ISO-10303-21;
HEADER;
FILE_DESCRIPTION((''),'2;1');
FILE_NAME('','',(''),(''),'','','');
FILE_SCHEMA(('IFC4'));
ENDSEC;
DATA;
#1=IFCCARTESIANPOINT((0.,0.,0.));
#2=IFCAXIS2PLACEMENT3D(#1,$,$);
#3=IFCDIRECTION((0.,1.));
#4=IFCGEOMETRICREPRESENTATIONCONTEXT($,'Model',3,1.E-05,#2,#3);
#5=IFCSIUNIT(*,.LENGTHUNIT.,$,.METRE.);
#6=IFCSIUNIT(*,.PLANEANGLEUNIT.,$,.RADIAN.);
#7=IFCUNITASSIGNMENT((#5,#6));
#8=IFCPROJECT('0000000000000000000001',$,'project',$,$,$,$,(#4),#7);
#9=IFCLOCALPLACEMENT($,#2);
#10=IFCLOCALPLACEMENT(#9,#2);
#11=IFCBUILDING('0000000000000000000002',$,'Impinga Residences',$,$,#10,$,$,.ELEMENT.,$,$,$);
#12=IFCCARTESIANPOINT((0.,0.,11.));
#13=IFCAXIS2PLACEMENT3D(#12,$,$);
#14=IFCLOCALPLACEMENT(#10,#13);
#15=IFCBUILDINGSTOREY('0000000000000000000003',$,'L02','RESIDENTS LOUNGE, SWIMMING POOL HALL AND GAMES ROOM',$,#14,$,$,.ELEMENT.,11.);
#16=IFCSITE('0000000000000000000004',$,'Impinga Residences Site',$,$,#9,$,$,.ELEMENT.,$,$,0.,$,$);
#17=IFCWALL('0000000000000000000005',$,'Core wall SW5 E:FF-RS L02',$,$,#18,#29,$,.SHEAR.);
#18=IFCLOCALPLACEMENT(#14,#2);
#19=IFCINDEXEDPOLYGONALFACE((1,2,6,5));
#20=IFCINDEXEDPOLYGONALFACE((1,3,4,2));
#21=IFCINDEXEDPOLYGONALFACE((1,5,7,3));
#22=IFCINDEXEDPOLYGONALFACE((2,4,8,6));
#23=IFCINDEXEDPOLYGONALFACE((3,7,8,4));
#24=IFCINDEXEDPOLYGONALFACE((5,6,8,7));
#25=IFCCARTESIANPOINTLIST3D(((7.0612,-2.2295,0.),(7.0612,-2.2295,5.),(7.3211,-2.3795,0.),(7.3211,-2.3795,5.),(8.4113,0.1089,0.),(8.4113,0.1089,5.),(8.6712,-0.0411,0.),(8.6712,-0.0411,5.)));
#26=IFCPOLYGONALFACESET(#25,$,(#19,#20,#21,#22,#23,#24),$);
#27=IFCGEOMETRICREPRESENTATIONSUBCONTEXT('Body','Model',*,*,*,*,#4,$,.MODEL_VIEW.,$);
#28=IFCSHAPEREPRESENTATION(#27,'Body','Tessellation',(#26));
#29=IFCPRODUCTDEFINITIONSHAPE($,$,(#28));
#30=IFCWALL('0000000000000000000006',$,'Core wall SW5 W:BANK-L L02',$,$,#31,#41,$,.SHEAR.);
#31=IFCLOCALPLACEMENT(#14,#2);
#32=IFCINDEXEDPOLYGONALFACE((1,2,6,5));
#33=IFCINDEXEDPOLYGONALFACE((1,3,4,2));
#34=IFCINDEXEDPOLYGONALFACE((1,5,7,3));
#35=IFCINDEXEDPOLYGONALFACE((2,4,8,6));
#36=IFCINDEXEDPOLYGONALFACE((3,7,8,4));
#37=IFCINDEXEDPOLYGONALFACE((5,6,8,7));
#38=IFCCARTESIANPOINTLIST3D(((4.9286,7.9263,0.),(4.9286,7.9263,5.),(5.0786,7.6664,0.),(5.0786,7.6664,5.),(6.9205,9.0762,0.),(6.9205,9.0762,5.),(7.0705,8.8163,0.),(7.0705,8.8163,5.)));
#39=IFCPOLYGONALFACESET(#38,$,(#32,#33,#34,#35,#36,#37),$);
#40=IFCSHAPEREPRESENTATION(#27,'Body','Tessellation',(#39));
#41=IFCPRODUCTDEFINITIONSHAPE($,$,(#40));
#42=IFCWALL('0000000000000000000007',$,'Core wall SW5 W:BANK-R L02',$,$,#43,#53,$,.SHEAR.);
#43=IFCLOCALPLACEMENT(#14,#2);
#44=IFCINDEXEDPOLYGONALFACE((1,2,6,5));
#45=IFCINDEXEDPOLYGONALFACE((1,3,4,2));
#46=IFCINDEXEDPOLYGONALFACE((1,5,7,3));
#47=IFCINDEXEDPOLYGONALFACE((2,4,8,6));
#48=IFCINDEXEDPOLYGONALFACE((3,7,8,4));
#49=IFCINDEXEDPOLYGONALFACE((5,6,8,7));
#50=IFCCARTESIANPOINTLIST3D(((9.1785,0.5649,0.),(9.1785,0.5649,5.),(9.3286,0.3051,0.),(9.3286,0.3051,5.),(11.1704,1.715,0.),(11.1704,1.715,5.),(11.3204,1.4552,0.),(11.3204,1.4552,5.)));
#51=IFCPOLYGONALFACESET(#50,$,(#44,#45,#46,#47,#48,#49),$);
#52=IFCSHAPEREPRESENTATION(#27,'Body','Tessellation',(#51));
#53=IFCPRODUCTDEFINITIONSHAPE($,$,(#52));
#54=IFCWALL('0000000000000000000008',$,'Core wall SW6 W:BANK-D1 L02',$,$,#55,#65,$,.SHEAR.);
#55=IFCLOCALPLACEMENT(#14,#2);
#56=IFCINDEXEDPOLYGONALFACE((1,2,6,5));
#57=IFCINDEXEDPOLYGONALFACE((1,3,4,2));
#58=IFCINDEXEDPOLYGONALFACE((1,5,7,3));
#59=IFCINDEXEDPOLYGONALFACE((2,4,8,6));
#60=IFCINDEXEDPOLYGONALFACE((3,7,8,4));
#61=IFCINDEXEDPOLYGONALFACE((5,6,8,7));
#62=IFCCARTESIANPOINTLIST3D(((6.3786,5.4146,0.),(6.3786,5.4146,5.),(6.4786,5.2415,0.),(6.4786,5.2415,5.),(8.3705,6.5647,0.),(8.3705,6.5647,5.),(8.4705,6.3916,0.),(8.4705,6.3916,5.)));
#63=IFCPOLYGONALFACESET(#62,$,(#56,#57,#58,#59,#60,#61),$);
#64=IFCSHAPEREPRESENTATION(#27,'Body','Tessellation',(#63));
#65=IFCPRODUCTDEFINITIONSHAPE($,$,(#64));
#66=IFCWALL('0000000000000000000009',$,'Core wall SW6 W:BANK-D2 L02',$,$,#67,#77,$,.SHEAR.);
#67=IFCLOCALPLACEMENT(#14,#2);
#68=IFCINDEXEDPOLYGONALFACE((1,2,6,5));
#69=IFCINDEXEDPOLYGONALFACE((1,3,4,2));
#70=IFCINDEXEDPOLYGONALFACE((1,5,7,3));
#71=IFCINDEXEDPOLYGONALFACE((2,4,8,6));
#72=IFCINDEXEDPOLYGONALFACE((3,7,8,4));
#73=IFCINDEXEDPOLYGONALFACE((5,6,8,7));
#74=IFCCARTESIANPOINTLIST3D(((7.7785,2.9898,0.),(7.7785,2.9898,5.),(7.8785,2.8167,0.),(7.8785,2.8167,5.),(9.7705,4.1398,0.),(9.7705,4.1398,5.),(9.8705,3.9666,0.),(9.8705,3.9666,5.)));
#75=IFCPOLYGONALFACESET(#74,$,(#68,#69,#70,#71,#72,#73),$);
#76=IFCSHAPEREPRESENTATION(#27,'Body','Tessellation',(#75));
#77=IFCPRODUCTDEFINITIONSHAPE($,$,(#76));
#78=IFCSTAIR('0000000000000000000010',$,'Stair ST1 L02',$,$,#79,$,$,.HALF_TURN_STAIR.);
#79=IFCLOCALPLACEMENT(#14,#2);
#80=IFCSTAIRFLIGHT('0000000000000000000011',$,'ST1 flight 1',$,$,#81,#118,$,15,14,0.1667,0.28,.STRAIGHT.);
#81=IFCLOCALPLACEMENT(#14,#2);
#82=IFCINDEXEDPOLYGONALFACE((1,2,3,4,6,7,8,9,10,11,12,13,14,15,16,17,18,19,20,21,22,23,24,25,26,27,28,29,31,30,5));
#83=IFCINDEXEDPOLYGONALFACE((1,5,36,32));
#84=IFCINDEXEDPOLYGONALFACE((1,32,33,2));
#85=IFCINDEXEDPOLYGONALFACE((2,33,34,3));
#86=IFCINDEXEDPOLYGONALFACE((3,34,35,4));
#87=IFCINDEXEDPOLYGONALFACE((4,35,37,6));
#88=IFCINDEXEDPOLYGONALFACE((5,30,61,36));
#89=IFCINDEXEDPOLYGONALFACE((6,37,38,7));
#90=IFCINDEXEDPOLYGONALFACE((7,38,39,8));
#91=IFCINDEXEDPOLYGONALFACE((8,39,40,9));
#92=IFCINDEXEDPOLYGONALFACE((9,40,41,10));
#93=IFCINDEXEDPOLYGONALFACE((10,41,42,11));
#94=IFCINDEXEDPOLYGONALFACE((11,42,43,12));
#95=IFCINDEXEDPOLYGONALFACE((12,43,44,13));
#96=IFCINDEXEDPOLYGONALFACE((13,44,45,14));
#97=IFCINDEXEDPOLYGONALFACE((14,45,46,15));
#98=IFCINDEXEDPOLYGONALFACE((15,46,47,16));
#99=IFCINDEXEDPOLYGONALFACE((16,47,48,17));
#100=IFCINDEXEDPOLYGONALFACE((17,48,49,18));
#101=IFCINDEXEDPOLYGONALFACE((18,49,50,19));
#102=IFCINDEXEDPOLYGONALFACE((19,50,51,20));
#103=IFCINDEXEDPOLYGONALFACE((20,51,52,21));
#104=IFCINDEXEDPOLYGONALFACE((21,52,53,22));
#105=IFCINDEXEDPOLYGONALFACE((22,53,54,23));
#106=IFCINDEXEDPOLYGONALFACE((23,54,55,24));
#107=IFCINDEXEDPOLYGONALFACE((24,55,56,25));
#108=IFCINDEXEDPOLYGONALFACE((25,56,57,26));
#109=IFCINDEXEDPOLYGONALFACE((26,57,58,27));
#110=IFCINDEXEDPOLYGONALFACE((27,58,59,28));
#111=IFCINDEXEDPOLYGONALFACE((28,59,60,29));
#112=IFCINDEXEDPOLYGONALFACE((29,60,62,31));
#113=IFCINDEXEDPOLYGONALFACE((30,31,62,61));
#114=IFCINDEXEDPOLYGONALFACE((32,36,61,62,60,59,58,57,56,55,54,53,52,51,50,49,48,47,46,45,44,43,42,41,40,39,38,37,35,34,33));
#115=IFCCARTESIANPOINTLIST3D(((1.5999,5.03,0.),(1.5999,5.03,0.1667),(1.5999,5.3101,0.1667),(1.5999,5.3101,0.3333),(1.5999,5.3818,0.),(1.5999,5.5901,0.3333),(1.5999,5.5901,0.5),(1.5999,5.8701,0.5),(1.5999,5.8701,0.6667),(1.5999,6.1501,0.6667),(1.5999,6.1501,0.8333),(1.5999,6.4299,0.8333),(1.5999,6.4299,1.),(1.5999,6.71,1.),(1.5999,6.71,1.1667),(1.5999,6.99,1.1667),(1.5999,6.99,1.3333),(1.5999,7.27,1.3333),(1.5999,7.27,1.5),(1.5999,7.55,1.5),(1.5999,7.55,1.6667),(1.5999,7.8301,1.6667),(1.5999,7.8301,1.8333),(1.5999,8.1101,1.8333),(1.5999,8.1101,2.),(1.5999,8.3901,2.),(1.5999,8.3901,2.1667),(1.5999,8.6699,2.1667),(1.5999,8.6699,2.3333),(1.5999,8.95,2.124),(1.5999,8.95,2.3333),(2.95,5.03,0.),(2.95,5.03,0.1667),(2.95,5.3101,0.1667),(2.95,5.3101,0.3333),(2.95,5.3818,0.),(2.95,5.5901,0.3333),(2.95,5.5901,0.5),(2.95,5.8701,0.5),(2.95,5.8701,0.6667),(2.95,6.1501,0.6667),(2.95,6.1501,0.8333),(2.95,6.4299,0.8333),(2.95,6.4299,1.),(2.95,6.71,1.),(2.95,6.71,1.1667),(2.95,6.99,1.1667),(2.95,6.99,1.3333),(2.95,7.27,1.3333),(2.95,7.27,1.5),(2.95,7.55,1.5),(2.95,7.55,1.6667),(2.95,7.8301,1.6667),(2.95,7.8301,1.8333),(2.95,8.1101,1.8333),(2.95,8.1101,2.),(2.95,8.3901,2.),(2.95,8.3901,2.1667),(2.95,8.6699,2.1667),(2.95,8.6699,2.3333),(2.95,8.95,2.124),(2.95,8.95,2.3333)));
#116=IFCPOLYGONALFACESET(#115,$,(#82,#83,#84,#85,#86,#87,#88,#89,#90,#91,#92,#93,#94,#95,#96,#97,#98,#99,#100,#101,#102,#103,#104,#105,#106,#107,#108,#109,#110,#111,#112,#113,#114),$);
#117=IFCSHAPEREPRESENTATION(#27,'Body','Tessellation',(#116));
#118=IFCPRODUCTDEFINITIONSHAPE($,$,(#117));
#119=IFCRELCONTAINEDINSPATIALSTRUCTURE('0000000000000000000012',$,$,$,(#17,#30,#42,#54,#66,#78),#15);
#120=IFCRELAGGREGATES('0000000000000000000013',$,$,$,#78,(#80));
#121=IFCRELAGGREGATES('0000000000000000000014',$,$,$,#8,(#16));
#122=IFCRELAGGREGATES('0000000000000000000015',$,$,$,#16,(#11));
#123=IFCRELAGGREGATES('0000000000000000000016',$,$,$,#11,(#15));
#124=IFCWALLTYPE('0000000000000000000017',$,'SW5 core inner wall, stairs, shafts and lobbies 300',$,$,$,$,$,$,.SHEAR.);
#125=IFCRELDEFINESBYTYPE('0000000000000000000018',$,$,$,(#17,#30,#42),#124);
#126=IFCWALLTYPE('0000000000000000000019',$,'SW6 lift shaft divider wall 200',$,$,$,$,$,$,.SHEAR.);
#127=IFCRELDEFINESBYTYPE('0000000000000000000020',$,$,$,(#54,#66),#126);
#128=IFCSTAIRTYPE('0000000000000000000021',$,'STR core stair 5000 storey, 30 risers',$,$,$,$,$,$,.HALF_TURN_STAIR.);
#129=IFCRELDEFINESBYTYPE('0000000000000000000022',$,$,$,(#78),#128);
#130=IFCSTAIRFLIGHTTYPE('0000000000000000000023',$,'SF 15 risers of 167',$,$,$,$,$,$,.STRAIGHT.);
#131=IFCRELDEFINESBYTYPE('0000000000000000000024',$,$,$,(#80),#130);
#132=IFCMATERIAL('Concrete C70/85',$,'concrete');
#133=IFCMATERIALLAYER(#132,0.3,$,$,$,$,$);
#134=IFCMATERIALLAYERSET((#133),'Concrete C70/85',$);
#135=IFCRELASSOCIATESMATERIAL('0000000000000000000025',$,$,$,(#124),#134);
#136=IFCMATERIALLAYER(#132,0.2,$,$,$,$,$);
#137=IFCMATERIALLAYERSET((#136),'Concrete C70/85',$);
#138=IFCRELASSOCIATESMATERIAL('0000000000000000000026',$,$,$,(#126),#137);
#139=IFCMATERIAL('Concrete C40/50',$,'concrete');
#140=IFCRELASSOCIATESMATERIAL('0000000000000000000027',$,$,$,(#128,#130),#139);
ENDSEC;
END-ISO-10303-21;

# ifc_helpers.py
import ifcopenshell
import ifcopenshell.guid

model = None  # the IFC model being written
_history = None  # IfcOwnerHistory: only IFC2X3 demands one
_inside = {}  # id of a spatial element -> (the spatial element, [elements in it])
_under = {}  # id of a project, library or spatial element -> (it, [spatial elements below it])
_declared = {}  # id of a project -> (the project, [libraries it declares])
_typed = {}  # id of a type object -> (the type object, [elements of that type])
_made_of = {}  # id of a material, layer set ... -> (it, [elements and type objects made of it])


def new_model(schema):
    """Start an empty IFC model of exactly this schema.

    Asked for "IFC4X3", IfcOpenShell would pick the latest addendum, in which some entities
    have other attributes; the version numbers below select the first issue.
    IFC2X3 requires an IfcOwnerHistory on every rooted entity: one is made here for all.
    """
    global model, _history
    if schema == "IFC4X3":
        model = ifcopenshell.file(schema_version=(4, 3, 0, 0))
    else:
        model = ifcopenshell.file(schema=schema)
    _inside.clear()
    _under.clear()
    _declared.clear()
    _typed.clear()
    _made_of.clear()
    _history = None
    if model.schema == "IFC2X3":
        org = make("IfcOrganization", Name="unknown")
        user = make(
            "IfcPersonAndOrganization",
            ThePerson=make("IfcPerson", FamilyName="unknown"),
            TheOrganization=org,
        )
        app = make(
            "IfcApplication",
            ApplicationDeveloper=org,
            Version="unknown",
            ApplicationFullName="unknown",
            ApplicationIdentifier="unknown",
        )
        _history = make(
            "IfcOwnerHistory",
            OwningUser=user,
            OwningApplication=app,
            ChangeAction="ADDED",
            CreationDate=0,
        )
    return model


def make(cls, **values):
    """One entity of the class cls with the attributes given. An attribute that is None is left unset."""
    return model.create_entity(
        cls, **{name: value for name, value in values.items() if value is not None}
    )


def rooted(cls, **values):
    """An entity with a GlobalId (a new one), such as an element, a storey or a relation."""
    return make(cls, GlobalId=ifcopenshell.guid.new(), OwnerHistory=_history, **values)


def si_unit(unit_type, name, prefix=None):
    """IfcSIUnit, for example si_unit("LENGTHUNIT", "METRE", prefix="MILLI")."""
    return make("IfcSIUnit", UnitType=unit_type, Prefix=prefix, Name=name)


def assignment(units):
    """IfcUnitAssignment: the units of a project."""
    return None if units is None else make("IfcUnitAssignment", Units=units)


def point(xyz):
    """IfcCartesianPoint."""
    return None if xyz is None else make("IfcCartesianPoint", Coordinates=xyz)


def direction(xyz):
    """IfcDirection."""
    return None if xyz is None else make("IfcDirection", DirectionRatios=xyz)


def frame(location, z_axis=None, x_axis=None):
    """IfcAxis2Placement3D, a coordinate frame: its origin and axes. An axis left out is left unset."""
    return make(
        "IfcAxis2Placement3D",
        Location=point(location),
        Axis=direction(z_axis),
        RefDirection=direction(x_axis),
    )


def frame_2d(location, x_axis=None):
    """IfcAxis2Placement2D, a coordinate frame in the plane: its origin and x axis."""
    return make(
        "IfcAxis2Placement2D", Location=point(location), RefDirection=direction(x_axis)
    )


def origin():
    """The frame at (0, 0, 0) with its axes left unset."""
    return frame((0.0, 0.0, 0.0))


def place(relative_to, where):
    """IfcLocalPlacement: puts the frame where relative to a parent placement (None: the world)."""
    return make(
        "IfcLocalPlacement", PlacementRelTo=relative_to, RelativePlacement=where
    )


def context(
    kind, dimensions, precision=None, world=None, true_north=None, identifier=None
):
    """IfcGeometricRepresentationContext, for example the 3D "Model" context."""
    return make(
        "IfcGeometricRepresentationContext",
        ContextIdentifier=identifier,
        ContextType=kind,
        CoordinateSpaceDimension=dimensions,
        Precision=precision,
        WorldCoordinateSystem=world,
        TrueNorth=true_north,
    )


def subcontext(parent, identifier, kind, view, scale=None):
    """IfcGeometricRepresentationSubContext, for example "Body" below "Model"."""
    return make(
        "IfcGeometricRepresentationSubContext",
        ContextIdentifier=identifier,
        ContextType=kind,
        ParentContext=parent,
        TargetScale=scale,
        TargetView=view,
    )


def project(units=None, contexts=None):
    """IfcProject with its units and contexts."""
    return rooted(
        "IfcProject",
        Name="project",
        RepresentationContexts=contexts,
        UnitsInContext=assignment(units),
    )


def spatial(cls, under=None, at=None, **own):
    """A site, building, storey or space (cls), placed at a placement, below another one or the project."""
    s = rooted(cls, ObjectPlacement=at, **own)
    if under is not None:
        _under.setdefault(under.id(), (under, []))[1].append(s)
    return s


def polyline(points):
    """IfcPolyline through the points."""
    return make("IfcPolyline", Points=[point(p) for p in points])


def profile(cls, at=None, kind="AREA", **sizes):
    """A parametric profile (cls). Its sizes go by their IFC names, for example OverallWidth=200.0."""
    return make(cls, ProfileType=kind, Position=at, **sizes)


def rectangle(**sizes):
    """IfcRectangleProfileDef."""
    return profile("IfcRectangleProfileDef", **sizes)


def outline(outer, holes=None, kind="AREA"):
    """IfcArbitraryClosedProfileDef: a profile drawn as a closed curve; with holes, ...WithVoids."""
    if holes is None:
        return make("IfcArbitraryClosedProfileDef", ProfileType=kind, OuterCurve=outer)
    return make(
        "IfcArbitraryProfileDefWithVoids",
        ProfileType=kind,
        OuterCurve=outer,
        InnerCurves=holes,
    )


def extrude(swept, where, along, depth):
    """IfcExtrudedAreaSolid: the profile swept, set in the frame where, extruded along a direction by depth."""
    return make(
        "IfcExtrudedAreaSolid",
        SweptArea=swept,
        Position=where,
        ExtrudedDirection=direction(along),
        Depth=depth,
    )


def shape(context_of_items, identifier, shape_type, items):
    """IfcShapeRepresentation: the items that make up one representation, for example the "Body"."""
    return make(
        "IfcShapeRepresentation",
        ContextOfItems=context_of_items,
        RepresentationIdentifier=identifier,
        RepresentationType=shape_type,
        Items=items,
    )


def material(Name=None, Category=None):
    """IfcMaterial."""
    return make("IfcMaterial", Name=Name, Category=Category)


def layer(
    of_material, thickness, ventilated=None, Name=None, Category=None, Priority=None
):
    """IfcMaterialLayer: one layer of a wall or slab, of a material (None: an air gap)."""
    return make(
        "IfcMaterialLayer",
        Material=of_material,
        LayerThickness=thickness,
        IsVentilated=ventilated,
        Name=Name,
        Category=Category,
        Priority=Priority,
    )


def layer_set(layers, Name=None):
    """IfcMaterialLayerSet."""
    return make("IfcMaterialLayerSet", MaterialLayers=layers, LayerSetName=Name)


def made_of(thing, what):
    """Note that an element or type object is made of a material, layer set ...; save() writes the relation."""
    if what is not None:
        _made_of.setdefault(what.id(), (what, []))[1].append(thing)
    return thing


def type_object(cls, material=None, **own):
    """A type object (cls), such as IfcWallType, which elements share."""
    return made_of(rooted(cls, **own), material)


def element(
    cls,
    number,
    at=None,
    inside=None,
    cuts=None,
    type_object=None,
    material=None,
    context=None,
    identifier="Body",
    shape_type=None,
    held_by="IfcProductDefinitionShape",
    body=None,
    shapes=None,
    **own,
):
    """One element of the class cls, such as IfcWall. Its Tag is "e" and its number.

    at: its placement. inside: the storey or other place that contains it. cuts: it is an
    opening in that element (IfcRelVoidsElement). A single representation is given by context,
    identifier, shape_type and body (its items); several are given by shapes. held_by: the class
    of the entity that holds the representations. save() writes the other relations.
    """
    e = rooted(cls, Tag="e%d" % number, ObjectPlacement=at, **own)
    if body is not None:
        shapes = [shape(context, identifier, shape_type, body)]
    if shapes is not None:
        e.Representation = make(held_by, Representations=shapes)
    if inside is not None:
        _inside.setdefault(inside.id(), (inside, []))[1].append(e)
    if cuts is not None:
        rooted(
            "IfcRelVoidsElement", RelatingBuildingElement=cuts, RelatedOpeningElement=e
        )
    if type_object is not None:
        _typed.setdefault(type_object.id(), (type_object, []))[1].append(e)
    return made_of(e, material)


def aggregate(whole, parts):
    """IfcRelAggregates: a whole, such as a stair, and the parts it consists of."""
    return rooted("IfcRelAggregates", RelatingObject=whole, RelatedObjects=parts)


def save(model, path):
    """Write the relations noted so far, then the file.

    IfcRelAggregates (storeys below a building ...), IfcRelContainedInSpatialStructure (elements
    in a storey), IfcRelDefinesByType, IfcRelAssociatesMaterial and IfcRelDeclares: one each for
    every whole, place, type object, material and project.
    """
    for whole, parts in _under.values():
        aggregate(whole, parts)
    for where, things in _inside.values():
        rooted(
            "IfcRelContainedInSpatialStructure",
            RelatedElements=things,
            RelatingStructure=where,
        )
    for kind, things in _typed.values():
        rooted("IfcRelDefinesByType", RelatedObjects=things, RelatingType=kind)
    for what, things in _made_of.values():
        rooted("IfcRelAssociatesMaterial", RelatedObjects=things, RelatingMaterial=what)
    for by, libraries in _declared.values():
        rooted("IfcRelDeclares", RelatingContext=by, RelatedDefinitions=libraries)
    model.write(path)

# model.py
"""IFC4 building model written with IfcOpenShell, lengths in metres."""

from ifc_helpers import new_model, si_unit, direction, frame, frame_2d, origin, place, context, subcontext, project, spatial, polyline, rectangle, outline, extrude, material, layer, layer_set, type_object, element, aggregate, save


model = new_model("IFC4")

# Units and contexts
model_context = context("Model", 3, precision=1e-05, world=origin(), true_north=direction((0.0, 1.0)))
body_context = subcontext(model_context, "Body", "Model", "MODEL_VIEW")
ifc_project = project(units=[si_unit("LENGTHUNIT", "METRE"), si_unit("PLANEANGLEUNIT", "RADIAN")], contexts=[model_context])

# Site, building, storey
site_placement = place(None, origin())
site = spatial("IfcSite", under=ifc_project, at=site_placement, Name="Impinga Residences Site", CompositionType="ELEMENT", RefElevation=0.0)
building_placement = place(site_placement, origin())
building = spatial("IfcBuilding", under=site, at=building_placement, Name="Impinga Residences", CompositionType="ELEMENT")
storey_placement = place(building_placement, frame((0.0, 0.0, 11.0)))
storey = spatial("IfcBuildingStorey", under=building, at=storey_placement, Name="L02", Description="RESIDENTS LOUNGE, SWIMMING POOL HALL AND GAMES ROOM", CompositionType="ELEMENT", Elevation=11.0)

# Shared definitions
ifc_material_1 = material(Name="Concrete C40/50", Category="concrete")

# Shared definitions
ifc_material_2 = material(Name="Concrete C70/85", Category="concrete")
ifc_layer_1 = layer(ifc_material_2, 0.3)
ifc_layer_set_1 = layer_set([ifc_layer_1], Name="Concrete C70/85")
wall_type_1 = type_object("IfcWallType", Name="SW5 core inner wall, stairs, shafts and lobbies 300", PredefinedType="SHEAR", material=ifc_layer_set_1)

# Walls
wall_1_placement = place(storey_placement, frame((8.5413, 0.0339, 0.0), z_axis=(0.0, 0.0, 1.0), x_axis=(-0.500009, -0.86602, 0.0)))
element("IfcWall", 1, at=wall_1_placement, inside=storey, type_object=wall_type_1, Name="Core wall SW5 E:FF-RS L02", PredefinedType="SHEAR", context=body_context, shape_type="SweptSolid", body=[
    extrude(rectangle(XDim=2.7002, YDim=0.3, at=frame_2d((1.3501, 0.0))), origin(), (0.0, 0.0, 1.0), 5.0),
])
for number, where, z_axis, x_axis, name in (
    (2, (5.0037, 7.7964, 0.0), (0.0, 0.0, 1.0), (0.866053, 0.499952, 0.0), "Core wall SW5 W:BANK-L L02"),
    (3, (9.2537, 0.4351, 0.0), (0.0, 0.0, 1.0), (0.866007, 0.500032, 0.0), "Core wall SW5 W:BANK-R L02"),
):
    element("IfcWall", number, at=place(storey_placement, frame(where, z_axis=z_axis, x_axis=x_axis)), inside=storey, type_object=wall_type_1, Name=name, PredefinedType="SHEAR", context=body_context, shape_type="SweptSolid", body=[
        extrude(rectangle(XDim=2.3, YDim=0.3, at=frame_2d((1.1499, 0.0))), origin(), (0.0, 0.0, 1.0), 5.0),
    ])
ifc_layer_2 = layer(ifc_material_2, 0.2)
ifc_layer_set_2 = layer_set([ifc_layer_2], Name="Concrete C70/85")
wall_type_2 = type_object("IfcWallType", Name="SW6 lift shaft divider wall 200", PredefinedType="SHEAR", material=ifc_layer_set_2)
for number, where, z_axis, x_axis, name in (
    (4, (6.4287, 5.3281, 0.0), (0.0, 0.0, 1.0), (0.866007, 0.500032, 0.0), "Core wall SW6 W:BANK-D1 L02"),
    (5, (7.8286, 2.9033, 0.0), (0.0, 0.0, 1.0), (0.866053, 0.499952, 0.0), "Core wall SW6 W:BANK-D2 L02"),
):
    element("IfcWall", number, at=place(storey_placement, frame(where, z_axis=z_axis, x_axis=x_axis)), inside=storey, type_object=wall_type_2, Name=name, PredefinedType="SHEAR", context=body_context, shape_type="SweptSolid", body=[
        extrude(rectangle(XDim=2.3, YDim=0.2, at=frame_2d((1.1499, 0.0))), origin(), (0.0, 0.0, 1.0), 5.0),
    ])

# Stair, stair flight
stair_type_1 = type_object("IfcStairType", Name="STR core stair 5000 storey, 30 risers", PredefinedType="HALF_TURN_STAIR", material=ifc_material_1)
stair_1_placement = place(storey_placement, origin())
stair_1 = element("IfcStair", 6, at=stair_1_placement, inside=storey, type_object=stair_type_1, Name="Stair ST1 L02", PredefinedType="HALF_TURN_STAIR")
stair_flight_type = type_object("IfcStairFlightType", Name="SF 15 risers of 167", PredefinedType="STRAIGHT", material=ifc_material_1)
stair_flight_placement = place(storey_placement, frame((2.2749, 5.03, 0.0), z_axis=(0.0, 0.0, 1.0), x_axis=(0.0, 1.0, 0.0)))
stair_flight = element("IfcStairFlight", 7, at=stair_flight_placement, type_object=stair_flight_type, Name="ST1 flight 1", NumberOfRisers=15, NumberOfTreads=14, PredefinedType="STRAIGHT", RiserHeight=0.1667, TreadLength=0.28, context=body_context, shape_type="SweptSolid", body=[
    extrude(outline(polyline([(0.0, 0.0), (0.0, 0.1667), (0.28, 0.1667), (0.28, 0.3333), (0.5601, 0.3333), (0.5601, 0.5), (0.8401, 0.5), (0.8401, 0.6667), (1.1201, 0.6667), (1.1201, 0.8333), (1.3999, 0.8333), (1.3999, 1.0), (1.6799, 1.0), (1.6799, 1.1667), (1.96, 1.1667), (1.96, 1.3333), (2.24, 1.3333), (2.24, 1.5), (2.52, 1.5), (2.52, 1.6667), (2.8, 1.6667), (2.8, 1.8333), (3.0801, 1.8333), (3.0801, 2.0), (3.3601, 2.0), (3.3601, 2.1667), (3.6399, 2.1667), (3.6399, 2.3333), (3.9199, 2.3333), (3.9199, 2.5), (3.9199, 2.124), (0.3518, 0.0), (0.0, 0.0)])), frame((0.0, 0.675, 0.0), z_axis=(0.0, -1.0, 0.0), x_axis=(1.0, 0.0, 0.0)), (0.0, 0.0, 1.0), 1.3501),
])
aggregate(stair_1, [stair_flight])

save(model, "model.ifc")
